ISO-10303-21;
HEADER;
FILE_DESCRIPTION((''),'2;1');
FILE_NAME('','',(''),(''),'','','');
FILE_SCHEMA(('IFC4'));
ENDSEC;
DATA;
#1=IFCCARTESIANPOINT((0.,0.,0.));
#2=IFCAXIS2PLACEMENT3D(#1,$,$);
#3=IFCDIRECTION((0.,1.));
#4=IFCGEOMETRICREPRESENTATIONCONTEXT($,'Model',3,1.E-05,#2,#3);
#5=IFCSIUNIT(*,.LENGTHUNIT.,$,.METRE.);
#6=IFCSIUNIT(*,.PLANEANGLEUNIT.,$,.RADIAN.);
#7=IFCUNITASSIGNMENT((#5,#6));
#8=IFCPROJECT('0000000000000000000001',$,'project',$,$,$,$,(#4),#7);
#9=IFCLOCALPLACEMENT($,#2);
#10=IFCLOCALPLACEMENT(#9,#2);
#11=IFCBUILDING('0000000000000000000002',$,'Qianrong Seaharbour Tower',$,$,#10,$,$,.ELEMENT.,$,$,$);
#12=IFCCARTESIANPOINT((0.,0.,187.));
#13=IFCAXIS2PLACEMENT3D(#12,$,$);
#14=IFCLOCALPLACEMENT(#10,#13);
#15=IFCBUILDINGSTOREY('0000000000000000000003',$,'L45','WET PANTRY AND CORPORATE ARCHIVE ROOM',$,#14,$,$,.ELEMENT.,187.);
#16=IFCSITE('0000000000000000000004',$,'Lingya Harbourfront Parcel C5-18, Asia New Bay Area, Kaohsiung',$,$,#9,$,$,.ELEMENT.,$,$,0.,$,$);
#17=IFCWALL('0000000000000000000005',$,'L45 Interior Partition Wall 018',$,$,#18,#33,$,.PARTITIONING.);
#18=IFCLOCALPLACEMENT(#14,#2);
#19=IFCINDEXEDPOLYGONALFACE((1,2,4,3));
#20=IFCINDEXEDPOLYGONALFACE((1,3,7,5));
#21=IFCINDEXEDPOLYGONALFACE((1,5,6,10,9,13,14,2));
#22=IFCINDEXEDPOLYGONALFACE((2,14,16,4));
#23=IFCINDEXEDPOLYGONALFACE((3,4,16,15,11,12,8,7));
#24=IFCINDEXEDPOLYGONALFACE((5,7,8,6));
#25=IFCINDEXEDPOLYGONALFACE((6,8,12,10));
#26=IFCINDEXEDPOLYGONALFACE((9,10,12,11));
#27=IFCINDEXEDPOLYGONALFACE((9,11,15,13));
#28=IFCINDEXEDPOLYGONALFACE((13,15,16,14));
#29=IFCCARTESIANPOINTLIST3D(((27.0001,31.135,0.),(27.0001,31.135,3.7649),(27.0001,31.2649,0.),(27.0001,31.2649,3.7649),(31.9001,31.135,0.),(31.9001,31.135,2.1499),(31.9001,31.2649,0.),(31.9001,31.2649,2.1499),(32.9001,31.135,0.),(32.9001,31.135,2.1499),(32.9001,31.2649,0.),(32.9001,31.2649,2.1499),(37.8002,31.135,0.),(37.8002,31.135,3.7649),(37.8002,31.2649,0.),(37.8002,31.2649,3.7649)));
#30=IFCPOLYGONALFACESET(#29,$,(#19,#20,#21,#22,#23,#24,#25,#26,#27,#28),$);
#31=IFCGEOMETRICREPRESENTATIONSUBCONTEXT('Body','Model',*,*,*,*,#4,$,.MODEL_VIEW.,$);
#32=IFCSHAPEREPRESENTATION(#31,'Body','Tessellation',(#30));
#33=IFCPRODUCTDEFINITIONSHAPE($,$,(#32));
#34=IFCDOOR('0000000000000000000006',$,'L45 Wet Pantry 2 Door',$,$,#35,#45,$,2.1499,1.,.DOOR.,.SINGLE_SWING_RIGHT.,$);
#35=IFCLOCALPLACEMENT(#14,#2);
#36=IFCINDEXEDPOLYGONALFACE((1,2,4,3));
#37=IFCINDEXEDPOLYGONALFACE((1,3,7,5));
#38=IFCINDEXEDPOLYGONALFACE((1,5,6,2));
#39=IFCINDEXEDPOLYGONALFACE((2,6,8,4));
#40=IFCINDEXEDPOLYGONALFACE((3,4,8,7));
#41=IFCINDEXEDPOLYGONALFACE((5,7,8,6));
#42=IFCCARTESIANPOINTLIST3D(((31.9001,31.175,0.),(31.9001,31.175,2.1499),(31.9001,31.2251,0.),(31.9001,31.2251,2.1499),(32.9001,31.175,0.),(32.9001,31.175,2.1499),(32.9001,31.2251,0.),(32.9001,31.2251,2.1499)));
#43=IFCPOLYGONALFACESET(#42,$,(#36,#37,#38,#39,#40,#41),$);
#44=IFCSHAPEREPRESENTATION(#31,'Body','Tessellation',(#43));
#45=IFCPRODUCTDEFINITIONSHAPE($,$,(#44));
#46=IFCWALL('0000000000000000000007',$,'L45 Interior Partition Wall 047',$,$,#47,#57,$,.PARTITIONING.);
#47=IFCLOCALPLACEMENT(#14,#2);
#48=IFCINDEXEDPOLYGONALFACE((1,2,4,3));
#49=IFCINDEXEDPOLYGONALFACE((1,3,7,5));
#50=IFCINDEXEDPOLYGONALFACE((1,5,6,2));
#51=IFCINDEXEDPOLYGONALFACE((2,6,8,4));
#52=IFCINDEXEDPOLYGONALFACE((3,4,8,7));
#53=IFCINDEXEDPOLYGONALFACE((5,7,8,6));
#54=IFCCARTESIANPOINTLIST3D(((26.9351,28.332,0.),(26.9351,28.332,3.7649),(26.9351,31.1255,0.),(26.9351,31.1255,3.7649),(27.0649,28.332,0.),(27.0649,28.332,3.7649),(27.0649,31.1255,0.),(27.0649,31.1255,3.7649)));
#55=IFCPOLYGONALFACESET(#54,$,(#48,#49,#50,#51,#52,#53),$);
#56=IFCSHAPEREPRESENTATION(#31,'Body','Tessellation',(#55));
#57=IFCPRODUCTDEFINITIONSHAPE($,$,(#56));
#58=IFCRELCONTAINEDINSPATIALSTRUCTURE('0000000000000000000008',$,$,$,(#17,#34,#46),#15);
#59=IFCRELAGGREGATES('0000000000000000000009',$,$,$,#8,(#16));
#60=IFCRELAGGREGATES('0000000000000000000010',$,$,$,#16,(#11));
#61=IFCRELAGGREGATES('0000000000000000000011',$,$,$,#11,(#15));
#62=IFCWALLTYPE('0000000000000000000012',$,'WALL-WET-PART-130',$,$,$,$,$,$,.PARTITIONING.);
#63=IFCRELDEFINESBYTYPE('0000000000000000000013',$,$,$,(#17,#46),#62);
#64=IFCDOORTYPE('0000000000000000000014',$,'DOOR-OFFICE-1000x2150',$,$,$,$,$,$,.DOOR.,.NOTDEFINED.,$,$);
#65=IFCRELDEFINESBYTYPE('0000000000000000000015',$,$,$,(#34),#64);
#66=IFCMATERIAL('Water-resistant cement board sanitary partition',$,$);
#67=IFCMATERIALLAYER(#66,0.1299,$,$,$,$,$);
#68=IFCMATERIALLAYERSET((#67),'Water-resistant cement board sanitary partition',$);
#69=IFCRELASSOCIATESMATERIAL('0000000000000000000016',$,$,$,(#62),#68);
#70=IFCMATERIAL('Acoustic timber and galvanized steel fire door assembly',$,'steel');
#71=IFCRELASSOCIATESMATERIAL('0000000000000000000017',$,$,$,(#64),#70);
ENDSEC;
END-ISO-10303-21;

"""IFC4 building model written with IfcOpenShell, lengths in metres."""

from ifc_helpers import new_model, si_unit, direction, frame, frame_2d, origin, place, context, subcontext, project, spatial, rectangle, extrude, material, layer, layer_set, type_object, element, fill, save


model = new_model("IFC4")

# Units and contexts
model_context = context("Model", 3, precision=1e-05, world=origin(), true_north=direction((0.0, 1.0)))
body_context = subcontext(model_context, "Body", "Model", "MODEL_VIEW")
ifc_project = project(units=[si_unit("LENGTHUNIT", "METRE"), si_unit("PLANEANGLEUNIT", "RADIAN")], contexts=[model_context])

# Site, building, storey
site_placement = place(None, origin())
site = spatial("IfcSite", under=ifc_project, at=site_placement, Name="Lingya Harbourfront Parcel C5-18, Asia New Bay Area, Kaohsiung", CompositionType="ELEMENT", RefElevation=0.0)
building_placement = place(site_placement, origin())
building = spatial("IfcBuilding", under=site, at=building_placement, Name="Qianrong Seaharbour Tower", CompositionType="ELEMENT")
storey_placement = place(building_placement, frame((0.0, 0.0, 187.0)))
storey = spatial("IfcBuildingStorey", under=building, at=storey_placement, Name="L45", Description="WET PANTRY AND CORPORATE ARCHIVE ROOM", CompositionType="ELEMENT", Elevation=187.0)

# Shared definitions
ifc_material_1 = material(Name="Acoustic timber and galvanized steel fire door assembly", Category="steel")

# Wall, opening, door
ifc_material_2 = material(Name="Water-resistant cement board sanitary partition")
ifc_layer_1 = layer(ifc_material_2, 0.1299)
ifc_layer_set_1 = layer_set([ifc_layer_1], Name="Water-resistant cement board sanitary partition")
wall_type_1 = type_object("IfcWallType", Name="WALL-WET-PART-130", PredefinedType="PARTITIONING", material=ifc_layer_set_1)
wall_1_placement = place(storey_placement, frame((37.8, 31.2, 0.0), z_axis=(0.0, 0.0, 1.0), x_axis=(-1.0, 0.0, 0.0)))
wall_1 = element("IfcWall", 1, at=wall_1_placement, inside=storey, type_object=wall_type_1, Name="L45 Interior Partition Wall 018", PredefinedType="PARTITIONING", context=body_context, shape_type="SweptSolid", body=[
    extrude(rectangle(XDim=10.8, YDim=0.1299, at=frame_2d((5.3999, 0.0))), origin(), (0.0, 0.0, 1.0), 3.7649),
])
opening_1_placement = place(wall_1_placement, frame((4.8999, 0.0, 0.0)))
opening_1 = element("IfcOpeningElement", 2, at=opening_1_placement, cuts=wall_1, PredefinedType="OPENING", context=body_context, shape_type="SweptSolid", body=[
    extrude(rectangle(XDim=1.0, YDim=2.1499, at=frame_2d((0.5, 1.075))), frame((0.0, 0.075, 0.0), z_axis=(0.0, -1.0, 0.0), x_axis=(1.0, 0.0, 0.0)), (0.0, 0.0, 1.0), 0.1499),
])
door_type_1 = type_object("IfcDoorType", Name="DOOR-OFFICE-1000x2150", OperationType="NOTDEFINED", PredefinedType="DOOR", material=ifc_material_1)
door_1_placement = place(opening_1_placement, origin())
door_1 = element("IfcDoor", 3, at=door_1_placement, inside=storey, type_object=door_type_1, Name="L45 Wet Pantry 2 Door", OperationType="SINGLE_SWING_RIGHT", OverallHeight=2.1499, OverallWidth=1.0, PredefinedType="DOOR", context=body_context, shape_type="SweptSolid", body=[
    extrude(rectangle(XDim=1.0, YDim=2.1499, at=frame_2d((0.5, 1.075))), frame((0.0, 0.0249, 0.0), z_axis=(0.0, -1.0, 0.0), x_axis=(1.0, 0.0, 0.0)), (0.0, 0.0, 1.0), 0.05),
])
fill(opening_1, door_1)

# Wall
wall_2_placement = place(storey_placement, frame((27.0, 31.1255, 0.0), z_axis=(0.0, 0.0, 1.0), x_axis=(0.0, -1.0, 0.0)))
element("IfcWall", 4, at=wall_2_placement, inside=storey, type_object=wall_type_1, Name="L45 Interior Partition Wall 047", PredefinedType="PARTITIONING", context=body_context, shape_type="SweptSolid", body=[
    extrude(rectangle(XDim=2.7935, YDim=0.1299, at=frame_2d((1.3967, 0.0))), origin(), (0.0, 0.0, 1.0), 3.7649),
])

save(model, "model.ifc")
